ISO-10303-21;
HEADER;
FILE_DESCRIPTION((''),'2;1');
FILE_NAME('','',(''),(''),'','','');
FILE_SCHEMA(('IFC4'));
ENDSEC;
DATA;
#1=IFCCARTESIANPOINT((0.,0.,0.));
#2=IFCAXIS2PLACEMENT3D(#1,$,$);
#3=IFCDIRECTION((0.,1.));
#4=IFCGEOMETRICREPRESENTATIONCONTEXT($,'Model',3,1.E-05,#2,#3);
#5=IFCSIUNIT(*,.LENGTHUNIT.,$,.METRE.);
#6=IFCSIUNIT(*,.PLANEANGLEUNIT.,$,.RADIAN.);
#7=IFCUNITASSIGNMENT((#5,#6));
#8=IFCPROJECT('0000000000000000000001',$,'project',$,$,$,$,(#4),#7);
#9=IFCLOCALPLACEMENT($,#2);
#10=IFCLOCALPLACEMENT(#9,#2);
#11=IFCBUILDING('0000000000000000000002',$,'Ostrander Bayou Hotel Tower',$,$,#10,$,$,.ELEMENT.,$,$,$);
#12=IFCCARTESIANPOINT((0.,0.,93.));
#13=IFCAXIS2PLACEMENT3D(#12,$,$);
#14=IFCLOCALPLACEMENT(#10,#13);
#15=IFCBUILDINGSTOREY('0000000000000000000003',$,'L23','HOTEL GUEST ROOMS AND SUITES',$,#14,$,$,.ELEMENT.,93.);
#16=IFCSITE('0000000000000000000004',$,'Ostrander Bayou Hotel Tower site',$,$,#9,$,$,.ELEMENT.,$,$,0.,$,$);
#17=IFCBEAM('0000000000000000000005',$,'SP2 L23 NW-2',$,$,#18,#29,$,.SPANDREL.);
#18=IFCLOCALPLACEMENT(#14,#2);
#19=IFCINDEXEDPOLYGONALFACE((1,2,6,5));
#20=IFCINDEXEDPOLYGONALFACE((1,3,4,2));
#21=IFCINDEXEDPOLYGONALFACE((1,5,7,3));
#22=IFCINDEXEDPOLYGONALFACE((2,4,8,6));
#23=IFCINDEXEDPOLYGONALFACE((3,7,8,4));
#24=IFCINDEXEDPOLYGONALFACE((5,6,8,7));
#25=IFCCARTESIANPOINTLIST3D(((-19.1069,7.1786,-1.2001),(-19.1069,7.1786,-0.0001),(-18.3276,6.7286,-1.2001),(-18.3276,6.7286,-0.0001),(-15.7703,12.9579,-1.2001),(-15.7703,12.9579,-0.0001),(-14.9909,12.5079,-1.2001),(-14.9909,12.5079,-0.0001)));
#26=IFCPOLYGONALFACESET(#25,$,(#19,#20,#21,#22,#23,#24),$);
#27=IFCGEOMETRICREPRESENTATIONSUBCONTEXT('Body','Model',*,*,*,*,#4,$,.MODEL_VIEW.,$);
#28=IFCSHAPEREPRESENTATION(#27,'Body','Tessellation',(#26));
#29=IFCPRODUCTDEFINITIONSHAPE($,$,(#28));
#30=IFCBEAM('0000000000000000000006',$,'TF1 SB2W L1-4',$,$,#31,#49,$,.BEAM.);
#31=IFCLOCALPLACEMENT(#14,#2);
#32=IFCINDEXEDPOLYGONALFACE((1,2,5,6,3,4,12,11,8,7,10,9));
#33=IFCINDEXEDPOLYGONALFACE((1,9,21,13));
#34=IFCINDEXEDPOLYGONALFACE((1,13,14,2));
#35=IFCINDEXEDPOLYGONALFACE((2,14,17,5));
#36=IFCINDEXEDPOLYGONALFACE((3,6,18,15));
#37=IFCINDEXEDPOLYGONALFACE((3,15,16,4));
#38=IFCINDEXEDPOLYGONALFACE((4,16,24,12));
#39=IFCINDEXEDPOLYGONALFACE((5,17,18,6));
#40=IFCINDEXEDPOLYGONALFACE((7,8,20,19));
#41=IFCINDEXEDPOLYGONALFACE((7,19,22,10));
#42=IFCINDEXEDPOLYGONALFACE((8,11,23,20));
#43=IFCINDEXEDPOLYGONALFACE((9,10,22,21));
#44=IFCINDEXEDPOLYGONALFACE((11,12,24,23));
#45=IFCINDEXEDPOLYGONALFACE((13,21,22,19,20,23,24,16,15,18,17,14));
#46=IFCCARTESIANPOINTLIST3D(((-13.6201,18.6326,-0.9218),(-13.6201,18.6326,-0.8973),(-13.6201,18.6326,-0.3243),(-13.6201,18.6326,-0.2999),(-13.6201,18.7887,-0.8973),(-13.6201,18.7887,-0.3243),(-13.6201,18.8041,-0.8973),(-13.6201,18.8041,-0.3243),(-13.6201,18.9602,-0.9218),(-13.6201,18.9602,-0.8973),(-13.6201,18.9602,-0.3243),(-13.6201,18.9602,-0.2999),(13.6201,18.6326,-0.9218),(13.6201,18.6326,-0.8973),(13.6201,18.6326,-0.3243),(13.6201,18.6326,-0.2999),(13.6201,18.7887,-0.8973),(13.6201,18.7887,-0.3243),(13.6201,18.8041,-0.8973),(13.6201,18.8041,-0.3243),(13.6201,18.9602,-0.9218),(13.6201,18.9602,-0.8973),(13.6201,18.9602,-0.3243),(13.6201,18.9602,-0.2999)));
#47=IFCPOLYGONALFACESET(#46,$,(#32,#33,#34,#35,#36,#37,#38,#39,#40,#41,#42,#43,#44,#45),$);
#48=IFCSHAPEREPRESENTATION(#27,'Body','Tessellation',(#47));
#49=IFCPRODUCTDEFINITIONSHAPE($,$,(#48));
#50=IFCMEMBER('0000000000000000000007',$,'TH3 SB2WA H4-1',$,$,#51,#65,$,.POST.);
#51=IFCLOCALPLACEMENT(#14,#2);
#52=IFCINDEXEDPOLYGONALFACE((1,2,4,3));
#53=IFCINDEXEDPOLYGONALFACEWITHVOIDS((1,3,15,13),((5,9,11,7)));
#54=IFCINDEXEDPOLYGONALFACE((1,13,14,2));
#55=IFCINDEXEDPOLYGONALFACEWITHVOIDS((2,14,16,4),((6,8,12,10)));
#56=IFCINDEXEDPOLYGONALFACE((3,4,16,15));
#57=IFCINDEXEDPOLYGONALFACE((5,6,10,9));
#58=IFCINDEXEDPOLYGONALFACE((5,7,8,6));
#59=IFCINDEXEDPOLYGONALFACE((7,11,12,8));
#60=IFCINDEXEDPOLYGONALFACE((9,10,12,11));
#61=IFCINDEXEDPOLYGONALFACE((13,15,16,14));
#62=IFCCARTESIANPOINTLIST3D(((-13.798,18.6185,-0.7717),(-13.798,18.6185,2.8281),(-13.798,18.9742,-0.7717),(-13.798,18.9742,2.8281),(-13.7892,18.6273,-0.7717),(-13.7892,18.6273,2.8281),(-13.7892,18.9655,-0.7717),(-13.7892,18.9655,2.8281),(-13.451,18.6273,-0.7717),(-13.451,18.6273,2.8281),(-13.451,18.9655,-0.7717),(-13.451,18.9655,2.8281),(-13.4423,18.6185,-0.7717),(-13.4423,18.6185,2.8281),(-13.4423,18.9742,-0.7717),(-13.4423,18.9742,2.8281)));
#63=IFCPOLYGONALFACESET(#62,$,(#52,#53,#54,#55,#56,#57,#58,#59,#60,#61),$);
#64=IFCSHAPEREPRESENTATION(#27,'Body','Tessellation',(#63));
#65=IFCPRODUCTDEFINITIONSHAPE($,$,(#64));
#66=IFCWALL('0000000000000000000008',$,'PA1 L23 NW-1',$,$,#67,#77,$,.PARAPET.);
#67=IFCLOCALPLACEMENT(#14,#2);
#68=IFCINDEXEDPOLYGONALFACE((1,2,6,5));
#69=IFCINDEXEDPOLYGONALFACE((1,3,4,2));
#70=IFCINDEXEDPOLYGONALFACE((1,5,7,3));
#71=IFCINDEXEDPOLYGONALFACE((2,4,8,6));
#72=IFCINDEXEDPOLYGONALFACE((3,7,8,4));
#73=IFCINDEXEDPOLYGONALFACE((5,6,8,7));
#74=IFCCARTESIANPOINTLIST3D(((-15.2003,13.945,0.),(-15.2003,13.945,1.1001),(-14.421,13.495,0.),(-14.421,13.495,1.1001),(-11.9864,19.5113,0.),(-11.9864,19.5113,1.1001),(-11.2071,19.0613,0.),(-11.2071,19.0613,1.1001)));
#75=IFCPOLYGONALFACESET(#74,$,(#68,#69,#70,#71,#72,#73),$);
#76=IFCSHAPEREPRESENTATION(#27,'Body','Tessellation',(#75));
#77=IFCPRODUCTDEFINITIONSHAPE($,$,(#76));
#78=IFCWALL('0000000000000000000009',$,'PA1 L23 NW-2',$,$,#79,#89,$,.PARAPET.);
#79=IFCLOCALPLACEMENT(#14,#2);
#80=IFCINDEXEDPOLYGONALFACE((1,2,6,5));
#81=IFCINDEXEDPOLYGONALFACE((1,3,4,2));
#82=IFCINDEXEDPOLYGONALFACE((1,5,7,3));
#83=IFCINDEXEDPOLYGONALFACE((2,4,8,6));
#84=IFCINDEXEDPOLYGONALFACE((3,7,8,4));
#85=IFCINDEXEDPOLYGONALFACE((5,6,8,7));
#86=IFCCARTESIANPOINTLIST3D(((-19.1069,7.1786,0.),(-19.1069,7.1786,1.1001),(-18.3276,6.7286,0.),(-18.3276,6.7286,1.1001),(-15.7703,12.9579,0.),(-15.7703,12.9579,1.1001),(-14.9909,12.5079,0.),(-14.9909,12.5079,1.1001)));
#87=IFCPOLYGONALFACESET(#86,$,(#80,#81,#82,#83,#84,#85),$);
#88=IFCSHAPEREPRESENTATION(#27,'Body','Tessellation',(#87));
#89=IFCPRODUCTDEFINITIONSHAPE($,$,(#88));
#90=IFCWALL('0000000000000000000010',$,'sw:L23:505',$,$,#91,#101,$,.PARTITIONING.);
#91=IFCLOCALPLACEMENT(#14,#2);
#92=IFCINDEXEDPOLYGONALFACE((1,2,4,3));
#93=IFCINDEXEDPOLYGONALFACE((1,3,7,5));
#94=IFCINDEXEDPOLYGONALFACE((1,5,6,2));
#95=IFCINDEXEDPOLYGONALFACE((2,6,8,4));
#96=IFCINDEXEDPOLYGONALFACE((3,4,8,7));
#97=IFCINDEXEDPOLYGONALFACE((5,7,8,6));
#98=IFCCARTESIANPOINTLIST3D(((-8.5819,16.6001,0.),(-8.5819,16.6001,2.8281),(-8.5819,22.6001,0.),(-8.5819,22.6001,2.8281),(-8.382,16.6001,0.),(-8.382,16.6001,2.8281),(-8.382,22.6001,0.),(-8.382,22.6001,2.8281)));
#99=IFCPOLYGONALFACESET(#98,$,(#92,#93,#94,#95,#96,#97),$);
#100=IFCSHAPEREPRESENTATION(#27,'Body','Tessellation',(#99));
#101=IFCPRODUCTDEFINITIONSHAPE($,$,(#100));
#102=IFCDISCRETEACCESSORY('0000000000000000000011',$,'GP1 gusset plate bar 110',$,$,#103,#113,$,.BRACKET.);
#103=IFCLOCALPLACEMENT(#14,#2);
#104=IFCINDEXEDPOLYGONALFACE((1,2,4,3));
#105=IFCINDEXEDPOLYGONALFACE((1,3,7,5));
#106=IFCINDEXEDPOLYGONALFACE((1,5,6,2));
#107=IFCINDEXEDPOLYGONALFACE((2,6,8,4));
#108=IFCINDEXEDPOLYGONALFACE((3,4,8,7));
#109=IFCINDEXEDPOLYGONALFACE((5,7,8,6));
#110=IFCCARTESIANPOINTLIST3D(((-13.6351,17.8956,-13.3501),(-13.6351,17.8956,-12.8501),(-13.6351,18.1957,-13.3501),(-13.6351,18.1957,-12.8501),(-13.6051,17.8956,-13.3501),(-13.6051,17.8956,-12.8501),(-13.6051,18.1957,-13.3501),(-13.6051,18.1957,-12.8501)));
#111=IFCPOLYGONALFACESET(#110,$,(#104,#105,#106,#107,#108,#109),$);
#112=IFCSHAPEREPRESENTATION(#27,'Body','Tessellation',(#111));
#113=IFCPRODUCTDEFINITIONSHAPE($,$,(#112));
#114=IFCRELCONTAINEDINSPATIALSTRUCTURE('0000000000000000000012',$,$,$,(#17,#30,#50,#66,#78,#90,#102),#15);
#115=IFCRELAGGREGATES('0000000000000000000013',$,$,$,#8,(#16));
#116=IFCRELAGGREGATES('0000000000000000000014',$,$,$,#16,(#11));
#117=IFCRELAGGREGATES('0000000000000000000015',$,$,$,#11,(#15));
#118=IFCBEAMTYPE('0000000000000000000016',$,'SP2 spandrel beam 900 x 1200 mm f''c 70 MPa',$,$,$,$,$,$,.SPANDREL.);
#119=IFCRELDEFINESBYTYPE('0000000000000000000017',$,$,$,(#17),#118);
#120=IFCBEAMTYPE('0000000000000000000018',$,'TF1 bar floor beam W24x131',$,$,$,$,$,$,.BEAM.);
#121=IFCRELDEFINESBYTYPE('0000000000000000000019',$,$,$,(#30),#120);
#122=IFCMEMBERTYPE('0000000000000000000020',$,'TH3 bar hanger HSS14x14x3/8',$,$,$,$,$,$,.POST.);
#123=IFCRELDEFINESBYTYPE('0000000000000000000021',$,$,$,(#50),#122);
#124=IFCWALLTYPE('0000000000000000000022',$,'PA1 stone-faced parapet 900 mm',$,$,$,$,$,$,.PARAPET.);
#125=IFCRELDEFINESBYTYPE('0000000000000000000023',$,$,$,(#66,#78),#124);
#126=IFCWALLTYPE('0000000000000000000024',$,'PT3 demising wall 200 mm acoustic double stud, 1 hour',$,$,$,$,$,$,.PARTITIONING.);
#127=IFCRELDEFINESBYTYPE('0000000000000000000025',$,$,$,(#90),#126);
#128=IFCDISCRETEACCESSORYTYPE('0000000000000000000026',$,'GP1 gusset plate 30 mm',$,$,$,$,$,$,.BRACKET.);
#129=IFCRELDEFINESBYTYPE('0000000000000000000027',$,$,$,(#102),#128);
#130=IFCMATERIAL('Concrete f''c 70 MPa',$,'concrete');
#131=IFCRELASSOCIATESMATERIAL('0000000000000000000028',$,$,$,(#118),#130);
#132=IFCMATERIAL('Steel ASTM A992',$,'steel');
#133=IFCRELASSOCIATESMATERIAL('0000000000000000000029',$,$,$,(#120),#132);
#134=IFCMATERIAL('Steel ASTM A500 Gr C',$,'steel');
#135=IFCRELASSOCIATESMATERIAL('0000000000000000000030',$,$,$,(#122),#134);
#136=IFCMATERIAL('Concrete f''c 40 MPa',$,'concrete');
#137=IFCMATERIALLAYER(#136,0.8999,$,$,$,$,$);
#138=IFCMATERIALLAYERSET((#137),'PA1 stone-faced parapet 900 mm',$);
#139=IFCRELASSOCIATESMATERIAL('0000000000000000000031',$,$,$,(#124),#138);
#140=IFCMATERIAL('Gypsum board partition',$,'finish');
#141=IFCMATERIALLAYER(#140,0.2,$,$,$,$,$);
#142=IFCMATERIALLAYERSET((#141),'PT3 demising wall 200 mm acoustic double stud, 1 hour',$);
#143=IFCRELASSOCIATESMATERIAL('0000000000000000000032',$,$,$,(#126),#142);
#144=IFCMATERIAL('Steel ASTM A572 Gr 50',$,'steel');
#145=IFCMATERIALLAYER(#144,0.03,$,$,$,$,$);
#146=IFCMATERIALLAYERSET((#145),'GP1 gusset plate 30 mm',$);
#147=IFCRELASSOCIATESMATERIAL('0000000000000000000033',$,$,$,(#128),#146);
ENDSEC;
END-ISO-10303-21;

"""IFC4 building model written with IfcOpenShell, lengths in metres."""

from ifc_helpers import new_model, si_unit, direction, frame, frame_2d, origin, origin_2d, place, context, subcontext, project, spatial, rectangle, hollow_rectangle, i_section, extrude, material, layer, layer_set, material_profile, profile_set, type_object, element, save


model = new_model("IFC4")

# Units and contexts
model_context = context("Model", 3, precision=1e-05, world=origin(), true_north=direction((0.0, 1.0)))
body_context = subcontext(model_context, "Body", "Model", "MODEL_VIEW")
ifc_project = project(units=[si_unit("LENGTHUNIT", "METRE"), si_unit("PLANEANGLEUNIT", "RADIAN")], contexts=[model_context])

# Site, building, storey
site_placement = place(None, origin())
site = spatial("IfcSite", under=ifc_project, at=site_placement, Name="Ostrander Bayou Hotel Tower site", CompositionType="ELEMENT", RefElevation=0.0)
building_placement = place(site_placement, origin())
building = spatial("IfcBuilding", under=site, at=building_placement, Name="Ostrander Bayou Hotel Tower", CompositionType="ELEMENT")
storey_placement = place(building_placement, frame((0.0, 0.0, 93.0)))
storey = spatial("IfcBuildingStorey", under=building, at=storey_placement, Name="L23", Description="HOTEL GUEST ROOMS AND SUITES", CompositionType="ELEMENT", Elevation=93.0)

# Beams
ifc_material_1 = material(Name="Concrete f'c 70 MPa", Category="concrete")
ifc_material_profile_1 = material_profile(ifc_material_1, rectangle(XDim=0.8999, YDim=1.2, at=origin_2d()))
ifc_profile_set_1 = profile_set([ifc_material_profile_1], Name="Concrete f'c 70 MPa")
beam_type_1 = type_object("IfcBeamType", Name="SP2 spandrel beam 900 x 1200 mm f'c 70 MPa", PredefinedType="SPANDREL", material=ifc_profile_set_1)
beam_1_placement = place(storey_placement, frame((-15.3806, 12.7329, -0.6001), z_axis=(-0.499999, -0.866026, 0.0), x_axis=(0.866026, -0.499999, 0.0)))
element("IfcBeam", 1, at=beam_1_placement, inside=storey, type_object=beam_type_1, Name="SP2 L23 NW-2", PredefinedType="SPANDREL", context=body_context, shape_type="SweptSolid", body=[
    extrude(rectangle(XDim=0.8999, YDim=1.2, at=origin_2d()), origin(), (0.0, 0.0, 1.0), 6.6733),
])
ifc_material_2 = material(Name="Steel ASTM A992", Category="steel")
ifc_material_profile_2 = material_profile(ifc_material_2, i_section(OverallWidth=0.3276, OverallDepth=0.6218, WebThickness=0.0154, FlangeThickness=0.0244, at=origin_2d()))
ifc_profile_set_2 = profile_set([ifc_material_profile_2], Name="Steel ASTM A992")
beam_type_2 = type_object("IfcBeamType", Name="TF1 bar floor beam W24x131", PredefinedType="BEAM", material=ifc_profile_set_2)
beam_2_placement = place(storey_placement, frame((-13.6201, 18.7964, -0.6108), z_axis=(1.0, 0.0, 0.0), x_axis=(0.0, 1.0, 0.0)))
element("IfcBeam", 2, at=beam_2_placement, inside=storey, type_object=beam_type_2, Name="TF1 SB2W L1-4", PredefinedType="BEAM", context=body_context, shape_type="SweptSolid", body=[
    extrude(i_section(OverallWidth=0.3276, OverallDepth=0.6218, WebThickness=0.0154, FlangeThickness=0.0244, at=origin_2d()), origin(), (0.0, 0.0, 1.0), 27.2402),
])

# Member
ifc_material_3 = material(Name="Steel ASTM A500 Gr C", Category="steel")
ifc_material_profile_3 = material_profile(ifc_material_3, hollow_rectangle(XDim=0.3557, YDim=0.3557, WallThickness=0.0088, at=origin_2d()))
ifc_profile_set_3 = profile_set([ifc_material_profile_3], Name="Steel ASTM A500 Gr C")
member_type_1 = type_object("IfcMemberType", Name="TH3 bar hanger HSS14x14x3/8", PredefinedType="POST", material=ifc_profile_set_3)
member_1_placement = place(storey_placement, frame((-13.6201, 18.7964, -0.7717), z_axis=(0.0, 0.0, 1.0), x_axis=(1.0, 0.0, 0.0)))
element("IfcMember", 3, at=member_1_placement, inside=storey, type_object=member_type_1, Name="TH3 SB2WA H4-1", PredefinedType="POST", context=body_context, shape_type="SweptSolid", body=[
    extrude(hollow_rectangle(XDim=0.3557, YDim=0.3557, WallThickness=0.0088, at=origin_2d()), origin(), (0.0, 0.0, 1.0), 3.5999),
])

# Walls
ifc_material_4 = material(Name="Concrete f'c 40 MPa", Category="concrete")
ifc_layer_1 = layer(ifc_material_4, 0.8999)
ifc_layer_set_1 = layer_set([ifc_layer_1], Name="PA1 stone-faced parapet 900 mm")
wall_type_1 = type_object("IfcWallType", Name="PA1 stone-faced parapet 900 mm", PredefinedType="PARAPET", material=ifc_layer_set_1)
wall_1_placement = place(storey_placement, frame((-11.5967, 19.2864, 0.0), z_axis=(0.0, 0.0, 1.0), x_axis=(-0.500028, -0.866009, 0.0)))
element("IfcWall", 4, at=wall_1_placement, inside=storey, type_object=wall_type_1, Name="PA1 L23 NW-1", PredefinedType="PARAPET", context=body_context, shape_type="SweptSolid", body=[
    extrude(rectangle(XDim=6.4275, YDim=0.8999, at=frame_2d((3.2139, 0.0))), origin(), (0.0, 0.0, 1.0), 1.1001),
])
wall_2_placement = place(storey_placement, frame((-15.3806, 12.7329, 0.0), z_axis=(0.0, 0.0, 1.0), x_axis=(-0.499999, -0.866026, 0.0)))
element("IfcWall", 5, at=wall_2_placement, inside=storey, type_object=wall_type_1, Name="PA1 L23 NW-2", PredefinedType="PARAPET", context=body_context, shape_type="SweptSolid", body=[
    extrude(rectangle(XDim=6.6733, YDim=0.8999, at=frame_2d((3.3367, 0.0))), origin(), (0.0, 0.0, 1.0), 1.1001),
])
ifc_material_5 = material(Name="Gypsum board partition", Category="finish")
ifc_layer_2 = layer(ifc_material_5, 0.2)
ifc_layer_set_2 = layer_set([ifc_layer_2], Name="PT3 demising wall 200 mm acoustic double stud, 1 hour")
wall_type_2 = type_object("IfcWallType", Name="PT3 demising wall 200 mm acoustic double stud, 1 hour", PredefinedType="PARTITIONING", material=ifc_layer_set_2)
wall_3_placement = place(storey_placement, frame((-8.4819, 16.6001, 0.0), z_axis=(0.0, 0.0, 1.0), x_axis=(0.0, 1.0, 0.0)))
element("IfcWall", 6, at=wall_3_placement, inside=storey, type_object=wall_type_2, Name="sw:L23:505", PredefinedType="PARTITIONING", context=body_context, shape_type="SweptSolid", body=[
    extrude(rectangle(XDim=6.0, YDim=0.2, at=frame_2d((3.0, 0.0))), origin(), (0.0, 0.0, 1.0), 2.8281),
])

# Discrete accessory
ifc_material_6 = material(Name="Steel ASTM A572 Gr 50", Category="steel")
ifc_layer_3 = layer(ifc_material_6, 0.03)
ifc_layer_set_3 = layer_set([ifc_layer_3], Name="GP1 gusset plate 30 mm")
discrete_accessory_type = type_object("IfcDiscreteAccessoryType", Name="GP1 gusset plate 30 mm", PredefinedType="BRACKET", material=ifc_layer_set_3)
discrete_accessory_placement = place(storey_placement, frame((-13.6201, 18.0457, -13.3501), z_axis=(0.0, 0.0, 1.0), x_axis=(0.0, -1.0, 0.0)))
element("IfcDiscreteAccessory", 7, at=discrete_accessory_placement, inside=storey, type_object=discrete_accessory_type, Name="GP1 gusset plate bar 110", PredefinedType="BRACKET", context=body_context, shape_type="SweptSolid", body=[
    extrude(rectangle(XDim=0.3, YDim=0.03, at=origin_2d()), origin(), (0.0, 0.0, 1.0), 0.5),
])

save(model, "model.ifc")
